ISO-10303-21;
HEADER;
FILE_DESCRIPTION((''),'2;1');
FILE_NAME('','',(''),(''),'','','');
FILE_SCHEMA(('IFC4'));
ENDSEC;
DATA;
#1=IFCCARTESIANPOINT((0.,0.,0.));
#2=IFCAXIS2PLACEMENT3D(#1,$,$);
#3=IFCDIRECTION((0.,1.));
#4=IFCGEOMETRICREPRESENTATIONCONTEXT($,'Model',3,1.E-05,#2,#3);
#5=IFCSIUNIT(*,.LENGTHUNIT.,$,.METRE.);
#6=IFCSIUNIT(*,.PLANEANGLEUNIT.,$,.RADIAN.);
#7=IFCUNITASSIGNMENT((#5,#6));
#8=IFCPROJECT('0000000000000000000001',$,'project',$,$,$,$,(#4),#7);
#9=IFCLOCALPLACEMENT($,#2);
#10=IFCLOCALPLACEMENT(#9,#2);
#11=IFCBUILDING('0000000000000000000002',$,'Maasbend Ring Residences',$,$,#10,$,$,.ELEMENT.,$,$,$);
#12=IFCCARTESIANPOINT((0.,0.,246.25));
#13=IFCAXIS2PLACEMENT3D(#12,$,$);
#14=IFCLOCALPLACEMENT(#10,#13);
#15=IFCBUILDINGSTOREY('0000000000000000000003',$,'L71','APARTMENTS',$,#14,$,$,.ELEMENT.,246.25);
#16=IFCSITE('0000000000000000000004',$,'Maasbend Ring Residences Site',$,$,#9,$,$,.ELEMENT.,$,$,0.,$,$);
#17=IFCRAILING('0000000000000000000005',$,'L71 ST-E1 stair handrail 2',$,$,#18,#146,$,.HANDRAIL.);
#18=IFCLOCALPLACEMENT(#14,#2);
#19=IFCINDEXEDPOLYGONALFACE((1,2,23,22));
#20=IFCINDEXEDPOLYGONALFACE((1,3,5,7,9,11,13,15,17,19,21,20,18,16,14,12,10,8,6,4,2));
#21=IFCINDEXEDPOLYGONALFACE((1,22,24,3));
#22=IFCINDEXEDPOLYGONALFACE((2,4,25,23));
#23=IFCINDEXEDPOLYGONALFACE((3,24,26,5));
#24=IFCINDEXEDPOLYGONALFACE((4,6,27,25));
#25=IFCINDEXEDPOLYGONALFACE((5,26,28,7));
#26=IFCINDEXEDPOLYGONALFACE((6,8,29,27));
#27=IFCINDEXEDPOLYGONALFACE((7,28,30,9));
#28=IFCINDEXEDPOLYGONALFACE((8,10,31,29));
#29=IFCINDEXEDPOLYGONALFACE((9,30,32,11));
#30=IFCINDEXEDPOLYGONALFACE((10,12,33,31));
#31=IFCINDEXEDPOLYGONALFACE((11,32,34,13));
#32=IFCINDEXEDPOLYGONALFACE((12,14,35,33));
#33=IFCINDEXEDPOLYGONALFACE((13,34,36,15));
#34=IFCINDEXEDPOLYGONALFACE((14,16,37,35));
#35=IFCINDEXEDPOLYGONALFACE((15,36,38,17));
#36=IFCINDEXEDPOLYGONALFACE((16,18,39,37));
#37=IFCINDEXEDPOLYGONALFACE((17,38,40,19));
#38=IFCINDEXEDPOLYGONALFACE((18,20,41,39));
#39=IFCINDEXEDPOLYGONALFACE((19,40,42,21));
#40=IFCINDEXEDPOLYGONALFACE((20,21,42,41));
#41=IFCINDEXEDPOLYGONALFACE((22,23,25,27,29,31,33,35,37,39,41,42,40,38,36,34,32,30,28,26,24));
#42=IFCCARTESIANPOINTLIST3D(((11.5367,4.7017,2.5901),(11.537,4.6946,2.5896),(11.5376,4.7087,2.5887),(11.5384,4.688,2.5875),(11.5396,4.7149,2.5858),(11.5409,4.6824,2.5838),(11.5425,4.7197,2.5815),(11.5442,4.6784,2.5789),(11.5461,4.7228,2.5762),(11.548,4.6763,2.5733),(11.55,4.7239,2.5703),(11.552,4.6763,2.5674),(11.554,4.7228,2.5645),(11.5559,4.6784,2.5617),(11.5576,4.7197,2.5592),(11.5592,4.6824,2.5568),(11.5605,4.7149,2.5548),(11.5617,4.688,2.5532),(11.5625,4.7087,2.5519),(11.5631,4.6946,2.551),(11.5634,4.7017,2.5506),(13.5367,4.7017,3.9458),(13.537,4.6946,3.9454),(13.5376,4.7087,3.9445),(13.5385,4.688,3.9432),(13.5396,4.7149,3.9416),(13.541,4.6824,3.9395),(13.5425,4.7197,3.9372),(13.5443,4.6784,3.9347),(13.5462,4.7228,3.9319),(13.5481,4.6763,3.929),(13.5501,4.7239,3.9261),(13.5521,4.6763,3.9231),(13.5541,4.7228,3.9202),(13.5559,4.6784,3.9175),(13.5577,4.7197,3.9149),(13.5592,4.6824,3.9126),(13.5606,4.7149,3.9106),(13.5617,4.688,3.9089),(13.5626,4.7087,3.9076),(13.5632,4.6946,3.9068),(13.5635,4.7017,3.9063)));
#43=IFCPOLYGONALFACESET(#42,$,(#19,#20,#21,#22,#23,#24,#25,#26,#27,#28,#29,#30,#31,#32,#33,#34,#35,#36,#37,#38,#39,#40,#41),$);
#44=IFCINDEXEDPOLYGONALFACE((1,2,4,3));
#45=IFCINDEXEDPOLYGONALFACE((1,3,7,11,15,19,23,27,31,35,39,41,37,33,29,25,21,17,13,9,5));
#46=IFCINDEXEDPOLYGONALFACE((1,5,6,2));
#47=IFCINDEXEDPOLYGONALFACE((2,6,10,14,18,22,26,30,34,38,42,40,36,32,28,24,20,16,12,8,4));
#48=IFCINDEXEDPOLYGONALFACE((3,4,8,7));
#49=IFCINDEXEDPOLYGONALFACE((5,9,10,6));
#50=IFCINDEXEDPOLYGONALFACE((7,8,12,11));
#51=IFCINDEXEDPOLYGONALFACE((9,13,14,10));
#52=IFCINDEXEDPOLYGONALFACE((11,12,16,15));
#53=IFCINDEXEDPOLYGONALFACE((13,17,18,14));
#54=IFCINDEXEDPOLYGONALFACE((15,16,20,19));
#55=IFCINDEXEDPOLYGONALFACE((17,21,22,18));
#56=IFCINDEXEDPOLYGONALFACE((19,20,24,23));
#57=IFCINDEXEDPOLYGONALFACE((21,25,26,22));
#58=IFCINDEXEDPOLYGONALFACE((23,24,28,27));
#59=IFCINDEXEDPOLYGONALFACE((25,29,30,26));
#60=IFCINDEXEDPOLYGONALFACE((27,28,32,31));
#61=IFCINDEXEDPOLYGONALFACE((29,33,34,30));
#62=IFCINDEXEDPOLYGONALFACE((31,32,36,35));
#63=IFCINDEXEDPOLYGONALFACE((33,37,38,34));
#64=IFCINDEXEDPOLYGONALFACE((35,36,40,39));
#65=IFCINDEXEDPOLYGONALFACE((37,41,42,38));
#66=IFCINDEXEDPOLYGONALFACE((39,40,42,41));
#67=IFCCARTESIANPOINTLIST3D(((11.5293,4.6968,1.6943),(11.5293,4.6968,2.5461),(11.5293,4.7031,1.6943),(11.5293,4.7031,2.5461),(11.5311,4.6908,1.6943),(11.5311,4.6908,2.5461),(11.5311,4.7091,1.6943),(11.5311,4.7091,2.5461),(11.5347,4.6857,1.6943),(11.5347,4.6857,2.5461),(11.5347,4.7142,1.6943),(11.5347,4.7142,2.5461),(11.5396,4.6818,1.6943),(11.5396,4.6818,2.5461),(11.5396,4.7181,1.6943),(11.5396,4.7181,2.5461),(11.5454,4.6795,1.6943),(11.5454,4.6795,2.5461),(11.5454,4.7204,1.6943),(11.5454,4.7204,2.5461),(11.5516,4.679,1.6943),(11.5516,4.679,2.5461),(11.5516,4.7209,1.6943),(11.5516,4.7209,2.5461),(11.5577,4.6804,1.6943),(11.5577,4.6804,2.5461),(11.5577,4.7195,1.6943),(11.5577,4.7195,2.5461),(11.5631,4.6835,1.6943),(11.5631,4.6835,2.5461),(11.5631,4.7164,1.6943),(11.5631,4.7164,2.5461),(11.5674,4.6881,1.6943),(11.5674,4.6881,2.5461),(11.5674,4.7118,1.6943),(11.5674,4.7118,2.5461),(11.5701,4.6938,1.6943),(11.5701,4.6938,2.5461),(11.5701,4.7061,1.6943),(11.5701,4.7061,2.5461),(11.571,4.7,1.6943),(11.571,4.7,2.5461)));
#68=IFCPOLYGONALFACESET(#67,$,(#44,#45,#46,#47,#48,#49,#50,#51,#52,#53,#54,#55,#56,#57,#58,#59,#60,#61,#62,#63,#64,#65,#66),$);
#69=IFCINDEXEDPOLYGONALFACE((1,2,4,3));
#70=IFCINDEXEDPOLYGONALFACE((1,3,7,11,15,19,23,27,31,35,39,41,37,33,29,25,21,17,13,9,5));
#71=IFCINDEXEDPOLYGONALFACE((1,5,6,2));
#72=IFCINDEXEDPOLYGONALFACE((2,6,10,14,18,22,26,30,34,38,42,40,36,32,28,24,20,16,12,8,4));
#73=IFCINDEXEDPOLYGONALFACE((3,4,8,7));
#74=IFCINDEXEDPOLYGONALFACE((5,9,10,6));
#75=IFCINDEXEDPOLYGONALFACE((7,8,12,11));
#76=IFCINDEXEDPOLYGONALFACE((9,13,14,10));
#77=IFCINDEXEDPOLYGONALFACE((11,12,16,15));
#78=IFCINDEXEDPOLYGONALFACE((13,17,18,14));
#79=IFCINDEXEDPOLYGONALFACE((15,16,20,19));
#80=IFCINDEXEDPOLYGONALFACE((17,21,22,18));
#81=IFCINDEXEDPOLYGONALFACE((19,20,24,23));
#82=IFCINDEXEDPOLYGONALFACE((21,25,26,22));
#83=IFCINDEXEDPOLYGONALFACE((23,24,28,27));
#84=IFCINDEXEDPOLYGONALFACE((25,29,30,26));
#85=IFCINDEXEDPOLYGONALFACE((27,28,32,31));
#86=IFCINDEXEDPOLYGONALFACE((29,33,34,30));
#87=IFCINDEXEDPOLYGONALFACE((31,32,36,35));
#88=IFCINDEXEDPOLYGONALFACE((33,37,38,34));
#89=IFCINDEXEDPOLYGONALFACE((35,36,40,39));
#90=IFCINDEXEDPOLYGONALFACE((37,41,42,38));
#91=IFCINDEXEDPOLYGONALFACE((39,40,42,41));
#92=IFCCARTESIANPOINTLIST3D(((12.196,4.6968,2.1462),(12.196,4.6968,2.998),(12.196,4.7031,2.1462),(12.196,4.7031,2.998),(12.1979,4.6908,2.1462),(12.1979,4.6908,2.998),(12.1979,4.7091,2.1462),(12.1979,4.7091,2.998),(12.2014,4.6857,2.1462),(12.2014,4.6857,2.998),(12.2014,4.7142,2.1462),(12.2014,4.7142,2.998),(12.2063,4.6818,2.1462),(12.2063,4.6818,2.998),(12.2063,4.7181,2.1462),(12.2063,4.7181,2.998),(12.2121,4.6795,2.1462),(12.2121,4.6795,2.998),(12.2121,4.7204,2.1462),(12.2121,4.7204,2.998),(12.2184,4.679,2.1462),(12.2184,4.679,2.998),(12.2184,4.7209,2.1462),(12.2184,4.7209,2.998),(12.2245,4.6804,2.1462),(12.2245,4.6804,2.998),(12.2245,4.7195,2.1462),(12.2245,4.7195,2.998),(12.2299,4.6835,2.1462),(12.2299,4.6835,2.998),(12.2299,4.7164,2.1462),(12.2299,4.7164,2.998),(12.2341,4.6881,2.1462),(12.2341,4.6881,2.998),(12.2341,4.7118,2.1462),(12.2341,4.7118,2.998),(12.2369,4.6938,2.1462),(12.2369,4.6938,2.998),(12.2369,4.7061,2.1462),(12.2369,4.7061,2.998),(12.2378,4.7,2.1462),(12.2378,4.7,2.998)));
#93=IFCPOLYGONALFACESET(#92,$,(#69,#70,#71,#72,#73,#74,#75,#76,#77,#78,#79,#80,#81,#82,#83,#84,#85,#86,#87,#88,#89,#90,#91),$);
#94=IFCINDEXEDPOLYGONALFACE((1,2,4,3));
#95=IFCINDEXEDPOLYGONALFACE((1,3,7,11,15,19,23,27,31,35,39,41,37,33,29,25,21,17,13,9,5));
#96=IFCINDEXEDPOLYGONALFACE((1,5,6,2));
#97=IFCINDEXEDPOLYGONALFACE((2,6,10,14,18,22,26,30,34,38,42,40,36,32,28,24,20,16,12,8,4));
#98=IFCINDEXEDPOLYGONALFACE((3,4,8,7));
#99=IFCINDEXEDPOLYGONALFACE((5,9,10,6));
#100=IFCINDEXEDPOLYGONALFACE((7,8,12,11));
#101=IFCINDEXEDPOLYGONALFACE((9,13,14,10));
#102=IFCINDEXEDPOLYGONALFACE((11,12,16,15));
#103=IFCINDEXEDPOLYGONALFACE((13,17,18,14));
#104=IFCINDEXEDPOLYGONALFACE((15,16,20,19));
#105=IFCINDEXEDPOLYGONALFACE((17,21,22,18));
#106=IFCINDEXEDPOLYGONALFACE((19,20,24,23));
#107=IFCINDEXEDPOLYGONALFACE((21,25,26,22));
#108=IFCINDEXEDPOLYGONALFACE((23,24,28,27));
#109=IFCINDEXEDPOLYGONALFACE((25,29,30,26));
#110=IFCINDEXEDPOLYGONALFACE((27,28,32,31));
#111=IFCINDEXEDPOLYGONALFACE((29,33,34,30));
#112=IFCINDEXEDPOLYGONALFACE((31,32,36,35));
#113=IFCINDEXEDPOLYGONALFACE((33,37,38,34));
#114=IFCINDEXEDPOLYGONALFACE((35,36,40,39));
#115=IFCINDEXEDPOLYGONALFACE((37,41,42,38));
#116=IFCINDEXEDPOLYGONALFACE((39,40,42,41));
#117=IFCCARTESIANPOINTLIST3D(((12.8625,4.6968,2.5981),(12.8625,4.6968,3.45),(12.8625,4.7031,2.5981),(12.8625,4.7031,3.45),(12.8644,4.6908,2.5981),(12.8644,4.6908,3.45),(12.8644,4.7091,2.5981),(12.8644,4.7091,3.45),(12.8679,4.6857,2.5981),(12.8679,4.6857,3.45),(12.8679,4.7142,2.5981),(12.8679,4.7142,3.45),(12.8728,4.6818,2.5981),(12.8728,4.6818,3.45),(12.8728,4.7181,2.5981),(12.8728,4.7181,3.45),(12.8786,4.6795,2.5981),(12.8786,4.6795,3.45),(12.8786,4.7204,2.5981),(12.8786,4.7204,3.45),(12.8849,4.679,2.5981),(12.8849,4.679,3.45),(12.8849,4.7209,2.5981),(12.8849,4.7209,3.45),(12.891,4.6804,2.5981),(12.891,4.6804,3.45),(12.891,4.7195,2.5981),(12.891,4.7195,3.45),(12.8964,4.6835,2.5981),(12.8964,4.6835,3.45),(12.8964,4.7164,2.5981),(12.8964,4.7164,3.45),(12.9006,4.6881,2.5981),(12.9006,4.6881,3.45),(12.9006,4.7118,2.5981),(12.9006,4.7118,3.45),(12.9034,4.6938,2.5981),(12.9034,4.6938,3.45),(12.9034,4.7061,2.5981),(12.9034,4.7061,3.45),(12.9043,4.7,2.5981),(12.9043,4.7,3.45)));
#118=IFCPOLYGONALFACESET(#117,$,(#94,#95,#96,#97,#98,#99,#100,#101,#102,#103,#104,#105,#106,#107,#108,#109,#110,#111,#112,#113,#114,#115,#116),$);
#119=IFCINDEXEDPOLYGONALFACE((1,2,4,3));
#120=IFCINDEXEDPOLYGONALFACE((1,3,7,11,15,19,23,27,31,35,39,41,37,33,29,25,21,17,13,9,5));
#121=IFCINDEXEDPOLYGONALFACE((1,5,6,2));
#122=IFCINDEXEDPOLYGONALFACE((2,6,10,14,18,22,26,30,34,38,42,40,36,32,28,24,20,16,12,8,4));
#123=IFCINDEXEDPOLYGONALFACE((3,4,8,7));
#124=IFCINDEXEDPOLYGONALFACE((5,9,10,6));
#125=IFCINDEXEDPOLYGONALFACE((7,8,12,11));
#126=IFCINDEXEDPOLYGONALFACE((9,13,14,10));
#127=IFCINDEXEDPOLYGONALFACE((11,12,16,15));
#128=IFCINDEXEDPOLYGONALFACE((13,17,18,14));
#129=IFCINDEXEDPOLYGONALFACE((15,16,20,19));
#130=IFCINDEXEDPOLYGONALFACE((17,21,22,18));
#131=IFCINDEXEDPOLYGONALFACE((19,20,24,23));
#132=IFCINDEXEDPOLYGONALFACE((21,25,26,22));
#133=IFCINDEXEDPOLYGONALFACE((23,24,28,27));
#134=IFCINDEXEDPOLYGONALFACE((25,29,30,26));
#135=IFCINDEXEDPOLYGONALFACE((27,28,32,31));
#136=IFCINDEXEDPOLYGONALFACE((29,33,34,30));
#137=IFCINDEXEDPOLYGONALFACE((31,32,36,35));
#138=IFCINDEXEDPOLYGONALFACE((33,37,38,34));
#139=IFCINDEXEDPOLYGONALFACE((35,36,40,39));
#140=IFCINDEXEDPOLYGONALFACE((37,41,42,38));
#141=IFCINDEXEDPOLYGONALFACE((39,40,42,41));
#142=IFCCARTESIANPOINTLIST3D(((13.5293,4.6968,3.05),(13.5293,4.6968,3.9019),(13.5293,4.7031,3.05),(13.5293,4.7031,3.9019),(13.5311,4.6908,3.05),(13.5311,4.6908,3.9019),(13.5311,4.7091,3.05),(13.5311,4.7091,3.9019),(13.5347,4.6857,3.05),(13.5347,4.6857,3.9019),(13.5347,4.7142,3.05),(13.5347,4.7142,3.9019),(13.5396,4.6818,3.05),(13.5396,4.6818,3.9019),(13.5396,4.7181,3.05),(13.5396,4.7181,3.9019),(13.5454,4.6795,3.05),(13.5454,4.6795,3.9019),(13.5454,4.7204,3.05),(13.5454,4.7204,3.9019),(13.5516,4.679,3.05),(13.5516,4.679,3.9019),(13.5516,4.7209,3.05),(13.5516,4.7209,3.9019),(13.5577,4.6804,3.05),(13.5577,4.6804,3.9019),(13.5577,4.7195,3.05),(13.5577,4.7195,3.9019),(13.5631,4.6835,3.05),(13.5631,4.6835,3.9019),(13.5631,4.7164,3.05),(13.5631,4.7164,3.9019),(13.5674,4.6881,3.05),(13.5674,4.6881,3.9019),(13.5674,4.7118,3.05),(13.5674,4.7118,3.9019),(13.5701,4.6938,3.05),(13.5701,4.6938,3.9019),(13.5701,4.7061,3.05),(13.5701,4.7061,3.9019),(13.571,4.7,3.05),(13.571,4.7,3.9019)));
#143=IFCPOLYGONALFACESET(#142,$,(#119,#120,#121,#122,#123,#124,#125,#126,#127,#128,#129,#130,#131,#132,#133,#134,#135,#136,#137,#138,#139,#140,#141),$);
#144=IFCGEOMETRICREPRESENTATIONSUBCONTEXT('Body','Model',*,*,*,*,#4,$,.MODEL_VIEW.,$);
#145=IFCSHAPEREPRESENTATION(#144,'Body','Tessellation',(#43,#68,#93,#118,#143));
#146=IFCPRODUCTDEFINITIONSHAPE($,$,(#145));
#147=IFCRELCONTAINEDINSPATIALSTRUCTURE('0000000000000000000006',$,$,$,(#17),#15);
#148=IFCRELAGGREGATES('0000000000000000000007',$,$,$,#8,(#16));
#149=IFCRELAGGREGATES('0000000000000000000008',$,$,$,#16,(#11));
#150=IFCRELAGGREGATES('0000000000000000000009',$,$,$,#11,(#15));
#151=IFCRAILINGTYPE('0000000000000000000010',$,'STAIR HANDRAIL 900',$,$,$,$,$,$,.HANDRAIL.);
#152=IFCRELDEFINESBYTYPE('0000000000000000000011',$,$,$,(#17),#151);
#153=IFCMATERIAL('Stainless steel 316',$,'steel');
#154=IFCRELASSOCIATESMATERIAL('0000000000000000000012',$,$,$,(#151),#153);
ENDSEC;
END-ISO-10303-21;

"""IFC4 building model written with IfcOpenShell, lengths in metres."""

from ifc_helpers import new_model, si_unit, direction, frame, origin, origin_2d, place, context, subcontext, project, spatial, circle, extrude, material, type_object, element, save


model = new_model("IFC4")

# Units and contexts
model_context = context("Model", 3, precision=1e-05, world=origin(), true_north=direction((0.0, 1.0)))
body_context = subcontext(model_context, "Body", "Model", "MODEL_VIEW")
ifc_project = project(units=[si_unit("LENGTHUNIT", "METRE"), si_unit("PLANEANGLEUNIT", "RADIAN")], contexts=[model_context])

# Site, building, storey
site_placement = place(None, origin())
site = spatial("IfcSite", under=ifc_project, at=site_placement, Name="Maasbend Ring Residences Site", CompositionType="ELEMENT", RefElevation=0.0)
building_placement = place(site_placement, origin())
building = spatial("IfcBuilding", under=site, at=building_placement, Name="Maasbend Ring Residences", CompositionType="ELEMENT")
storey_placement = place(building_placement, frame((0.0, 0.0, 246.25)))
storey = spatial("IfcBuildingStorey", under=building, at=storey_placement, Name="L71", Description="APARTMENTS", CompositionType="ELEMENT", Elevation=246.25)

# Railing
ifc_material_1 = material(Name="Stainless steel 316", Category="steel")
railing_type_1 = type_object("IfcRailingType", Name="STAIR HANDRAIL 900", PredefinedType="HANDRAIL", material=ifc_material_1)
railing_1_placement = place(storey_placement, frame((11.55, 4.7, 1.6943)))
element("IfcRailing", 1, at=railing_1_placement, inside=storey, type_object=railing_type_1, Name="L71 ST-E1 stair handrail 2", PredefinedType="HANDRAIL", context=body_context, shape_type="SweptSolid", body=[
    extrude(circle(Radius=0.0239, at=origin_2d()), frame((0.0, 0.0, 0.876), z_axis=(0.827751, 0.0, 0.561096), x_axis=(0.0, 1.0, 0.0)), (0.0, 0.0, 1.0), 2.4163),
    extrude(circle(Radius=0.021, at=origin_2d()), origin(), (0.0, 0.0, 1.0), 0.8518),
    extrude(circle(Radius=0.021, at=origin_2d()), frame((0.6667, 0.0, 0.4519)), (0.0, 0.0, 1.0), 0.8518),
    extrude(circle(Radius=0.021, at=origin_2d()), frame((1.3333, 0.0, 0.9038)), (0.0, 0.0, 1.0), 0.8518),
    extrude(circle(Radius=0.021, at=origin_2d()), frame((2.0, 0.0, 1.3557)), (0.0, 0.0, 1.0), 0.8518),
])

save(model, "model.ifc")
